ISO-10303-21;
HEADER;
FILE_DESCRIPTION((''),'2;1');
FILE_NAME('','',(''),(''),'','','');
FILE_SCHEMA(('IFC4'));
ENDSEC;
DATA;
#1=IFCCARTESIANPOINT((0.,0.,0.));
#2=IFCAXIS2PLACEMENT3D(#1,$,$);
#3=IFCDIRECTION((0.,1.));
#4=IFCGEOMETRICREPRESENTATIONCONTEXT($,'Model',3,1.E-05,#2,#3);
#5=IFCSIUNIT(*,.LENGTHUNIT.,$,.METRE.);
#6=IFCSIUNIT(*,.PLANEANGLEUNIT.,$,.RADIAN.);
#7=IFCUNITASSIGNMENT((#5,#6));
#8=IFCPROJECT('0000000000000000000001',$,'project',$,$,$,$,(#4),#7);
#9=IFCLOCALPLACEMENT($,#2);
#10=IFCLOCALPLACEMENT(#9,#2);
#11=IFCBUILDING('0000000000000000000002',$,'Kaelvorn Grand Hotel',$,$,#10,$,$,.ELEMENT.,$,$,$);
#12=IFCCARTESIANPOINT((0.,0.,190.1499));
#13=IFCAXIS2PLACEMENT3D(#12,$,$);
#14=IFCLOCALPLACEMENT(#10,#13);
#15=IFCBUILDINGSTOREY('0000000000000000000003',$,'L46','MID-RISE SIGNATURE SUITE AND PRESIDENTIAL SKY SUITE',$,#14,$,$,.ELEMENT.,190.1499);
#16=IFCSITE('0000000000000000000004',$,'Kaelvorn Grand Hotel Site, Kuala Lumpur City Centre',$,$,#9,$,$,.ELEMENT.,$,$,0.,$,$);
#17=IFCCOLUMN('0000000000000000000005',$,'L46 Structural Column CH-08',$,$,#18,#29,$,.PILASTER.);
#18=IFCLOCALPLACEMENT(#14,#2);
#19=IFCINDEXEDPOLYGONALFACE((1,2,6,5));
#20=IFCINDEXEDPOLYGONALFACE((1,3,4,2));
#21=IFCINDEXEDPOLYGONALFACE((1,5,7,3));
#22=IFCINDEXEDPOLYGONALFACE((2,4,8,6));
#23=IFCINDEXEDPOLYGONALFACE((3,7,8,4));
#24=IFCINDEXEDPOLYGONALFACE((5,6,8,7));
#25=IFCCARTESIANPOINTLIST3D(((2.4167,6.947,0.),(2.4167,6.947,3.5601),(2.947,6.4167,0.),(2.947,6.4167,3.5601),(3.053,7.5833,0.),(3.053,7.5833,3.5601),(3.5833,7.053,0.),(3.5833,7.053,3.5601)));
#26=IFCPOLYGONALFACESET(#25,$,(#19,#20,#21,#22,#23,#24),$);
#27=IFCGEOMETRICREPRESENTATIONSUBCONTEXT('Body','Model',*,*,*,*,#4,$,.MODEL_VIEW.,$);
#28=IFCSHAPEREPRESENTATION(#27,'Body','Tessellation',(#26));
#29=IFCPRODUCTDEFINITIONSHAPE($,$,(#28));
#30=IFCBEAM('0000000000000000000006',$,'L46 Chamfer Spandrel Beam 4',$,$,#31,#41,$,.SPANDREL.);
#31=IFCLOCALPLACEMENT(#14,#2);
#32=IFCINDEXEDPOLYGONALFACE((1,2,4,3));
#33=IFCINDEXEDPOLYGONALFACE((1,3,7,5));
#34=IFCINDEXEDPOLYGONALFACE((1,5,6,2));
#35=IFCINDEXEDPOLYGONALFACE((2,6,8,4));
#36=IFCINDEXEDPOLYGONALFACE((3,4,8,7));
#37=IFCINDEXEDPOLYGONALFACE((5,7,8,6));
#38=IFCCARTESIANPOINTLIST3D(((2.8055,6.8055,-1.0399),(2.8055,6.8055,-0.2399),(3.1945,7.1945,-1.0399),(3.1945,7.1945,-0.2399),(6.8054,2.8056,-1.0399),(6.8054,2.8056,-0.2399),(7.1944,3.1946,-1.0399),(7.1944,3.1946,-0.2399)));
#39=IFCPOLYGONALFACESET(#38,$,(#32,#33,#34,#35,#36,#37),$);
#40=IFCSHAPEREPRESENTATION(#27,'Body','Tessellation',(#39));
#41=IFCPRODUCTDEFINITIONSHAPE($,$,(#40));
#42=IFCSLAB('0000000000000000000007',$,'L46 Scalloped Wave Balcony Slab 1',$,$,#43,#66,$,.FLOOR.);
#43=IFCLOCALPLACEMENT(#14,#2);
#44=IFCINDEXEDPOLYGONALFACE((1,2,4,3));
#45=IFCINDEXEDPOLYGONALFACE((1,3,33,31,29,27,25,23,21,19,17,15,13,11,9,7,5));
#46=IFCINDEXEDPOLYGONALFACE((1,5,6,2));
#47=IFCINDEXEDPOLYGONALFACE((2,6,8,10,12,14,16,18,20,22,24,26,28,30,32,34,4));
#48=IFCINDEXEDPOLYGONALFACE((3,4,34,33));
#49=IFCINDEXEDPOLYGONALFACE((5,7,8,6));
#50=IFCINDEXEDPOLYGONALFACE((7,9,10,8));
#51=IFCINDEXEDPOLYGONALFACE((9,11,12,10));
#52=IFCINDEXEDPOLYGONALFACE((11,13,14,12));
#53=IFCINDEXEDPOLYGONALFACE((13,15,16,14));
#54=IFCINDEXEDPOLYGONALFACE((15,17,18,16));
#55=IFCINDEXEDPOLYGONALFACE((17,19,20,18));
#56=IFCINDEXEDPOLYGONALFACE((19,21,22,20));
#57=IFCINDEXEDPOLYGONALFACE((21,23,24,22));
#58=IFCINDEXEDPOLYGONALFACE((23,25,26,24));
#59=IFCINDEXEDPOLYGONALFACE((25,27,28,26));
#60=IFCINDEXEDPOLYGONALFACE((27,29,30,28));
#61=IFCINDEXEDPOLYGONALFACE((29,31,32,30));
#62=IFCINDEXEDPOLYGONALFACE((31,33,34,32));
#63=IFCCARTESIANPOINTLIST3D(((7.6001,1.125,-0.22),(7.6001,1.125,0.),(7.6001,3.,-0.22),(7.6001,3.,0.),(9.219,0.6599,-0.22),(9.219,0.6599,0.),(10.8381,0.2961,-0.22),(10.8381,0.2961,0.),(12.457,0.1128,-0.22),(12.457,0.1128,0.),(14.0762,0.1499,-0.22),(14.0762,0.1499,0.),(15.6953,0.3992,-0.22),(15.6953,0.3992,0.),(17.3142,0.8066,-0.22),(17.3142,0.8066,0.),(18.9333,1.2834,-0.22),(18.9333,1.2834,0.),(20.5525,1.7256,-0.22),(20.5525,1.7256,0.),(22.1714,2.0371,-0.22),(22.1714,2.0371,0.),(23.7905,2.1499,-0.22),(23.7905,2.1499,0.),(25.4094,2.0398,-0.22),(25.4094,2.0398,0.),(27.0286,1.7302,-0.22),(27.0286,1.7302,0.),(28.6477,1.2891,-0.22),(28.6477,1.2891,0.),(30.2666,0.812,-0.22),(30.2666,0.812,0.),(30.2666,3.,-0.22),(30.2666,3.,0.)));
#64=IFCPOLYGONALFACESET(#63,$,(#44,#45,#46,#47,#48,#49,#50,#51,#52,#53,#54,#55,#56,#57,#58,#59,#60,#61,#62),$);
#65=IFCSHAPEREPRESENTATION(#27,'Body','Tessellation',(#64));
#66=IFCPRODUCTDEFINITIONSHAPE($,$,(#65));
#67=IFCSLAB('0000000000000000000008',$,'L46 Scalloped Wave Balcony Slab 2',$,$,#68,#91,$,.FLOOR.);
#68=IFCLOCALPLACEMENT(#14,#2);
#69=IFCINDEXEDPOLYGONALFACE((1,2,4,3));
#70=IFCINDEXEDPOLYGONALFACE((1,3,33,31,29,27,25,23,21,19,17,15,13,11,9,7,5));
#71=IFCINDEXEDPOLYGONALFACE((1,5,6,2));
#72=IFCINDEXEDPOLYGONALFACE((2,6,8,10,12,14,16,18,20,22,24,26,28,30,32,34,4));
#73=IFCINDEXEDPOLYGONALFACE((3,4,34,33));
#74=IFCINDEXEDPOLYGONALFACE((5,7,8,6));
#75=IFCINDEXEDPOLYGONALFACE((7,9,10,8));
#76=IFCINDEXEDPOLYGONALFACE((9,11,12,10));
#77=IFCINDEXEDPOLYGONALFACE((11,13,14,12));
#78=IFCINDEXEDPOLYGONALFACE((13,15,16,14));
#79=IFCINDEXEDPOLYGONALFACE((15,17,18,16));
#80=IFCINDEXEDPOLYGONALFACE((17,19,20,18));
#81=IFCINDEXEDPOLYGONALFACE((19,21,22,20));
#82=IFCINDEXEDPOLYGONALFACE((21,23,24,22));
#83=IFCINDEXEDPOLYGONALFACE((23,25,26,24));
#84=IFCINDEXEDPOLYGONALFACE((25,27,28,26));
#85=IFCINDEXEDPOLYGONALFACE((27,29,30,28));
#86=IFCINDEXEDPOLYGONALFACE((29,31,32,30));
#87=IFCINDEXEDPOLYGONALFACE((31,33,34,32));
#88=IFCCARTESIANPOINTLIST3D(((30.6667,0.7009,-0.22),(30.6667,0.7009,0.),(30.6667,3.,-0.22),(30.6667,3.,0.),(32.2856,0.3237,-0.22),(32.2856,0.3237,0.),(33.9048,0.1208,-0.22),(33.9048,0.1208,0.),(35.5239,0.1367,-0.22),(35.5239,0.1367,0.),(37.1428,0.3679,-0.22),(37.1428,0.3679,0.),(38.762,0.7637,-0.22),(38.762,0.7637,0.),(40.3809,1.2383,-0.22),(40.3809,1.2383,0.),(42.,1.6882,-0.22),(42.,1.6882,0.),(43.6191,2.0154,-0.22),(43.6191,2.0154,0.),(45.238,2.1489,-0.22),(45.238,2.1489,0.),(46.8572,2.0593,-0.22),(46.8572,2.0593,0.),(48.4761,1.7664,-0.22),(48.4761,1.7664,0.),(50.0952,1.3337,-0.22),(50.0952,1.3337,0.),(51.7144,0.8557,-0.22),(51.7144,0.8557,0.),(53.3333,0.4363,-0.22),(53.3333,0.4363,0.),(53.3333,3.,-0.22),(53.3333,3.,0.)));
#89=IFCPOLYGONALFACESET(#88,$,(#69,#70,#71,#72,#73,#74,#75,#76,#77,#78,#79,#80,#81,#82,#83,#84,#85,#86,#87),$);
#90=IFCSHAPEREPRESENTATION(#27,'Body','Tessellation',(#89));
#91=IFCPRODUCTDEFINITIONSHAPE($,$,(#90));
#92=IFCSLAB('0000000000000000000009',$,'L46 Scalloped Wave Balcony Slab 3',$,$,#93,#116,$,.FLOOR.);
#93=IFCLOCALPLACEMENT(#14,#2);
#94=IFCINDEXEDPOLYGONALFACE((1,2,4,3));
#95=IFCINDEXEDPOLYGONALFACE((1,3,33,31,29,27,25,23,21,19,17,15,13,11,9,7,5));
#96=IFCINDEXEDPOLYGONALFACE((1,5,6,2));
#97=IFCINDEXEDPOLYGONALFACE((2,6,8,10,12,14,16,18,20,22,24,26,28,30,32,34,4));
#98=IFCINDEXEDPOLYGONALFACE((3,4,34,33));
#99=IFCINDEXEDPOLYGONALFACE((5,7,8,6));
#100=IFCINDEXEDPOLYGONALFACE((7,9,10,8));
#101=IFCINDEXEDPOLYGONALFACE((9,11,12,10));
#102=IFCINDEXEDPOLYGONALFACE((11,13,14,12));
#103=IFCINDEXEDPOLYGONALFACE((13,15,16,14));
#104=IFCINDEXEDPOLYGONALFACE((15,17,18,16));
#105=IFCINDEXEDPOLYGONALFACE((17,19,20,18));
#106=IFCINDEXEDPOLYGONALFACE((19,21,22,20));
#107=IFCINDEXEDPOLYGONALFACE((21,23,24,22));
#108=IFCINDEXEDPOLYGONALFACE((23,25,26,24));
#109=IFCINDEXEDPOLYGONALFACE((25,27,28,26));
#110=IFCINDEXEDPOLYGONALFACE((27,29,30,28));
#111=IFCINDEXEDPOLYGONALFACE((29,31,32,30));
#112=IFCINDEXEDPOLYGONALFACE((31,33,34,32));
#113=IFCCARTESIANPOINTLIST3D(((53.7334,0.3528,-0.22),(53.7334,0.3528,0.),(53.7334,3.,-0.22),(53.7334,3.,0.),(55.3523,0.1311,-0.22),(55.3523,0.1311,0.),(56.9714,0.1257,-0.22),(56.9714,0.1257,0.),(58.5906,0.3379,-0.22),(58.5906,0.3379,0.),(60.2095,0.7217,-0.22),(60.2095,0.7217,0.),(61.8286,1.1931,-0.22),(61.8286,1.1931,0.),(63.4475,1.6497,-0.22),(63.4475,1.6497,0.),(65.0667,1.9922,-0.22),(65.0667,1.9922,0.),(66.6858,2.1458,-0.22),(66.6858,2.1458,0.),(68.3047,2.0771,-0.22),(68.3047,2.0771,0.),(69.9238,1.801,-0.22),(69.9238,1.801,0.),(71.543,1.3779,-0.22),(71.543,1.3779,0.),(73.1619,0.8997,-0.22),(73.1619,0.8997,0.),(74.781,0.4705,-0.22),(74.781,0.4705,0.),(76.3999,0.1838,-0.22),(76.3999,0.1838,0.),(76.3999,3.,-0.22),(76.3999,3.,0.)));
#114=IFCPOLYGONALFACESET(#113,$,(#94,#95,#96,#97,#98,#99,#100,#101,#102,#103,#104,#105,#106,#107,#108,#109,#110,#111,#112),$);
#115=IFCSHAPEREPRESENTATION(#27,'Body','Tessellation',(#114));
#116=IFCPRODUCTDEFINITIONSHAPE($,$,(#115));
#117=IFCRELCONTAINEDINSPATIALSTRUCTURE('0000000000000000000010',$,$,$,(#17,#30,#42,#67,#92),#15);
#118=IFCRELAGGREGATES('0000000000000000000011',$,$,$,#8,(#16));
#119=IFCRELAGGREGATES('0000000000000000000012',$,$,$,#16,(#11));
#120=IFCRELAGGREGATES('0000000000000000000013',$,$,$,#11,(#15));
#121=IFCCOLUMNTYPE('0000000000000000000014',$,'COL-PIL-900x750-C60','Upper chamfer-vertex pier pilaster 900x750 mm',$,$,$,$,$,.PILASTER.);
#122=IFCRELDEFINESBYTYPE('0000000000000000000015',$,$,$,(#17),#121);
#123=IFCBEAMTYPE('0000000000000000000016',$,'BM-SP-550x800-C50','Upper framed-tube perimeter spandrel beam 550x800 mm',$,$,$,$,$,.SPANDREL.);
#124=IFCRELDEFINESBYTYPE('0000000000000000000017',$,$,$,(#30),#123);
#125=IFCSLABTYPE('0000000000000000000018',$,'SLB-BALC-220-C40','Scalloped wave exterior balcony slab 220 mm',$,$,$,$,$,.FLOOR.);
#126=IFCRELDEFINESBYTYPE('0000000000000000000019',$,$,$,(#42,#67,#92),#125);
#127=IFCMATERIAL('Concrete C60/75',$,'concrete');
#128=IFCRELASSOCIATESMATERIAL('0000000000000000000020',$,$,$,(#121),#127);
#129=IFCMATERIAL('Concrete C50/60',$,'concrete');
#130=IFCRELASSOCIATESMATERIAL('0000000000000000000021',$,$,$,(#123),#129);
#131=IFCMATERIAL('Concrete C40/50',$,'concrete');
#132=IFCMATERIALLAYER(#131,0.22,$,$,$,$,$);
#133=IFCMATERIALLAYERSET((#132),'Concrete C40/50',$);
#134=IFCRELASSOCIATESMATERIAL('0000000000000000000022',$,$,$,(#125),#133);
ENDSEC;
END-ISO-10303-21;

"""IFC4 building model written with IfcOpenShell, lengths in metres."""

from ifc_helpers import new_model, si_unit, direction, frame, origin, origin_2d, place, context, subcontext, project, spatial, polyline, rectangle, outline, extrude, material, layer, layer_set, material_profile, profile_set, type_object, element, save


model = new_model("IFC4")

# Units and contexts
model_context = context("Model", 3, precision=1e-05, world=origin(), true_north=direction((0.0, 1.0)))
body_context = subcontext(model_context, "Body", "Model", "MODEL_VIEW")
ifc_project = project(units=[si_unit("LENGTHUNIT", "METRE"), si_unit("PLANEANGLEUNIT", "RADIAN")], contexts=[model_context])

# Site, building, storey
site_placement = place(None, origin())
site = spatial("IfcSite", under=ifc_project, at=site_placement, Name="Kaelvorn Grand Hotel Site, Kuala Lumpur City Centre", CompositionType="ELEMENT", RefElevation=0.0)
building_placement = place(site_placement, origin())
building = spatial("IfcBuilding", under=site, at=building_placement, Name="Kaelvorn Grand Hotel", CompositionType="ELEMENT")
storey_placement = place(building_placement, frame((0.0, 0.0, 190.1499)))
storey = spatial("IfcBuildingStorey", under=building, at=storey_placement, Name="L46", Description="MID-RISE SIGNATURE SUITE AND PRESIDENTIAL SKY SUITE", CompositionType="ELEMENT", Elevation=190.1499)

# Column
ifc_material_1 = material(Name="Concrete C60/75", Category="concrete")
ifc_material_profile_1 = material_profile(ifc_material_1, rectangle(XDim=0.8999, YDim=0.75, at=origin_2d()), Name="RC PILASTER 900x750")
ifc_profile_set_1 = profile_set([ifc_material_profile_1], Name="Concrete C60/75")
column_type = type_object("IfcColumnType", Name="COL-PIL-900x750-C60", Description="Upper chamfer-vertex pier pilaster 900x750 mm", PredefinedType="PILASTER", material=ifc_profile_set_1)
column_placement = place(storey_placement, frame((3.0, 7.0, 0.0), z_axis=(0.0, 0.0, 1.0), x_axis=(0.707107, 0.707107, 0.0)))
element("IfcColumn", 1, at=column_placement, inside=storey, type_object=column_type, Name="L46 Structural Column CH-08", PredefinedType="PILASTER", context=body_context, shape_type="SweptSolid", body=[
    extrude(rectangle(XDim=0.8999, YDim=0.75, at=origin_2d()), origin(), (0.0, 0.0, 1.0), 3.5601),
])

# Beam
ifc_material_2 = material(Name="Concrete C50/60", Category="concrete")
ifc_material_profile_2 = material_profile(ifc_material_2, rectangle(XDim=0.55, YDim=0.8, at=origin_2d()), Name="RC SPANDREL 550x800")
ifc_profile_set_2 = profile_set([ifc_material_profile_2], Name="Concrete C50/60")
beam_type = type_object("IfcBeamType", Name="BM-SP-550x800-C50", Description="Upper framed-tube perimeter spandrel beam 550x800 mm", PredefinedType="SPANDREL", material=ifc_profile_set_2)
beam_placement = place(storey_placement, frame((3.0, 7.0, -0.6399), z_axis=(0.707107, -0.707107, 0.0), x_axis=(0.707107, 0.707107, 0.0)))
element("IfcBeam", 2, at=beam_placement, inside=storey, type_object=beam_type, Name="L46 Chamfer Spandrel Beam 4", PredefinedType="SPANDREL", context=body_context, shape_type="SweptSolid", body=[
    extrude(rectangle(XDim=0.55, YDim=0.8, at=origin_2d()), origin(), (0.0, 0.0, 1.0), 5.6567),
])

# Slabs
ifc_material_3 = material(Name="Concrete C40/50", Category="concrete")
ifc_layer_1 = layer(ifc_material_3, 0.22)
ifc_layer_set_1 = layer_set([ifc_layer_1], Name="Concrete C40/50")
slab_type_1 = type_object("IfcSlabType", Name="SLB-BALC-220-C40", Description="Scalloped wave exterior balcony slab 220 mm", PredefinedType="FLOOR", material=ifc_layer_set_1)
slab_1_placement = place(storey_placement, frame((0.0, 0.0, -0.22)))
element("IfcSlab", 3, at=slab_1_placement, inside=storey, type_object=slab_type_1, Name="L46 Scalloped Wave Balcony Slab 1", PredefinedType="FLOOR", context=body_context, shape_type="SweptSolid", body=[
    extrude(outline(polyline([(7.6001, 1.125), (9.219, 0.6599), (10.8381, 0.2961), (12.457, 0.1128), (14.0762, 0.1499), (15.6953, 0.3992), (17.3142, 0.8066), (18.9333, 1.2834), (20.5525, 1.7256), (22.1714, 2.0371), (23.7905, 2.1499), (25.4094, 2.0398), (27.0286, 1.7302), (28.6477, 1.2891), (30.2666, 0.812), (30.2666, 3.0), (7.6001, 3.0), (7.6001, 1.125)])), origin(), (0.0, 0.0, 1.0), 0.22),
])
slab_2_placement = place(storey_placement, frame((0.0, 0.0, -0.22)))
element("IfcSlab", 4, at=slab_2_placement, inside=storey, type_object=slab_type_1, Name="L46 Scalloped Wave Balcony Slab 2", PredefinedType="FLOOR", context=body_context, shape_type="SweptSolid", body=[
    extrude(outline(polyline([(30.6667, 0.7009), (32.2856, 0.3237), (33.9048, 0.1208), (35.5239, 0.1367), (37.1428, 0.3679), (38.762, 0.7637), (40.3809, 1.2383), (42.0, 1.6882), (43.6191, 2.0154), (45.238, 2.1489), (46.8572, 2.0593), (48.4761, 1.7664), (50.0952, 1.3337), (51.7144, 0.8557), (53.3333, 0.4363), (53.3333, 3.0), (30.6667, 3.0), (30.6667, 0.7009)])), origin(), (0.0, 0.0, 1.0), 0.22),
])
slab_3_placement = place(storey_placement, frame((0.0, 0.0, -0.22)))
element("IfcSlab", 5, at=slab_3_placement, inside=storey, type_object=slab_type_1, Name="L46 Scalloped Wave Balcony Slab 3", PredefinedType="FLOOR", context=body_context, shape_type="SweptSolid", body=[
    extrude(outline(polyline([(53.7334, 0.3528), (55.3523, 0.1311), (56.9714, 0.1257), (58.5906, 0.3379), (60.2095, 0.7217), (61.8286, 1.1931), (63.4475, 1.6497), (65.0667, 1.9922), (66.6858, 2.1458), (68.3047, 2.0771), (69.9238, 1.801), (71.543, 1.3779), (73.1619, 0.8997), (74.781, 0.4705), (76.3999, 0.1838), (76.3999, 3.0), (53.7334, 3.0), (53.7334, 0.3528)])), origin(), (0.0, 0.0, 1.0), 0.22),
])

save(model, "model.ifc")
